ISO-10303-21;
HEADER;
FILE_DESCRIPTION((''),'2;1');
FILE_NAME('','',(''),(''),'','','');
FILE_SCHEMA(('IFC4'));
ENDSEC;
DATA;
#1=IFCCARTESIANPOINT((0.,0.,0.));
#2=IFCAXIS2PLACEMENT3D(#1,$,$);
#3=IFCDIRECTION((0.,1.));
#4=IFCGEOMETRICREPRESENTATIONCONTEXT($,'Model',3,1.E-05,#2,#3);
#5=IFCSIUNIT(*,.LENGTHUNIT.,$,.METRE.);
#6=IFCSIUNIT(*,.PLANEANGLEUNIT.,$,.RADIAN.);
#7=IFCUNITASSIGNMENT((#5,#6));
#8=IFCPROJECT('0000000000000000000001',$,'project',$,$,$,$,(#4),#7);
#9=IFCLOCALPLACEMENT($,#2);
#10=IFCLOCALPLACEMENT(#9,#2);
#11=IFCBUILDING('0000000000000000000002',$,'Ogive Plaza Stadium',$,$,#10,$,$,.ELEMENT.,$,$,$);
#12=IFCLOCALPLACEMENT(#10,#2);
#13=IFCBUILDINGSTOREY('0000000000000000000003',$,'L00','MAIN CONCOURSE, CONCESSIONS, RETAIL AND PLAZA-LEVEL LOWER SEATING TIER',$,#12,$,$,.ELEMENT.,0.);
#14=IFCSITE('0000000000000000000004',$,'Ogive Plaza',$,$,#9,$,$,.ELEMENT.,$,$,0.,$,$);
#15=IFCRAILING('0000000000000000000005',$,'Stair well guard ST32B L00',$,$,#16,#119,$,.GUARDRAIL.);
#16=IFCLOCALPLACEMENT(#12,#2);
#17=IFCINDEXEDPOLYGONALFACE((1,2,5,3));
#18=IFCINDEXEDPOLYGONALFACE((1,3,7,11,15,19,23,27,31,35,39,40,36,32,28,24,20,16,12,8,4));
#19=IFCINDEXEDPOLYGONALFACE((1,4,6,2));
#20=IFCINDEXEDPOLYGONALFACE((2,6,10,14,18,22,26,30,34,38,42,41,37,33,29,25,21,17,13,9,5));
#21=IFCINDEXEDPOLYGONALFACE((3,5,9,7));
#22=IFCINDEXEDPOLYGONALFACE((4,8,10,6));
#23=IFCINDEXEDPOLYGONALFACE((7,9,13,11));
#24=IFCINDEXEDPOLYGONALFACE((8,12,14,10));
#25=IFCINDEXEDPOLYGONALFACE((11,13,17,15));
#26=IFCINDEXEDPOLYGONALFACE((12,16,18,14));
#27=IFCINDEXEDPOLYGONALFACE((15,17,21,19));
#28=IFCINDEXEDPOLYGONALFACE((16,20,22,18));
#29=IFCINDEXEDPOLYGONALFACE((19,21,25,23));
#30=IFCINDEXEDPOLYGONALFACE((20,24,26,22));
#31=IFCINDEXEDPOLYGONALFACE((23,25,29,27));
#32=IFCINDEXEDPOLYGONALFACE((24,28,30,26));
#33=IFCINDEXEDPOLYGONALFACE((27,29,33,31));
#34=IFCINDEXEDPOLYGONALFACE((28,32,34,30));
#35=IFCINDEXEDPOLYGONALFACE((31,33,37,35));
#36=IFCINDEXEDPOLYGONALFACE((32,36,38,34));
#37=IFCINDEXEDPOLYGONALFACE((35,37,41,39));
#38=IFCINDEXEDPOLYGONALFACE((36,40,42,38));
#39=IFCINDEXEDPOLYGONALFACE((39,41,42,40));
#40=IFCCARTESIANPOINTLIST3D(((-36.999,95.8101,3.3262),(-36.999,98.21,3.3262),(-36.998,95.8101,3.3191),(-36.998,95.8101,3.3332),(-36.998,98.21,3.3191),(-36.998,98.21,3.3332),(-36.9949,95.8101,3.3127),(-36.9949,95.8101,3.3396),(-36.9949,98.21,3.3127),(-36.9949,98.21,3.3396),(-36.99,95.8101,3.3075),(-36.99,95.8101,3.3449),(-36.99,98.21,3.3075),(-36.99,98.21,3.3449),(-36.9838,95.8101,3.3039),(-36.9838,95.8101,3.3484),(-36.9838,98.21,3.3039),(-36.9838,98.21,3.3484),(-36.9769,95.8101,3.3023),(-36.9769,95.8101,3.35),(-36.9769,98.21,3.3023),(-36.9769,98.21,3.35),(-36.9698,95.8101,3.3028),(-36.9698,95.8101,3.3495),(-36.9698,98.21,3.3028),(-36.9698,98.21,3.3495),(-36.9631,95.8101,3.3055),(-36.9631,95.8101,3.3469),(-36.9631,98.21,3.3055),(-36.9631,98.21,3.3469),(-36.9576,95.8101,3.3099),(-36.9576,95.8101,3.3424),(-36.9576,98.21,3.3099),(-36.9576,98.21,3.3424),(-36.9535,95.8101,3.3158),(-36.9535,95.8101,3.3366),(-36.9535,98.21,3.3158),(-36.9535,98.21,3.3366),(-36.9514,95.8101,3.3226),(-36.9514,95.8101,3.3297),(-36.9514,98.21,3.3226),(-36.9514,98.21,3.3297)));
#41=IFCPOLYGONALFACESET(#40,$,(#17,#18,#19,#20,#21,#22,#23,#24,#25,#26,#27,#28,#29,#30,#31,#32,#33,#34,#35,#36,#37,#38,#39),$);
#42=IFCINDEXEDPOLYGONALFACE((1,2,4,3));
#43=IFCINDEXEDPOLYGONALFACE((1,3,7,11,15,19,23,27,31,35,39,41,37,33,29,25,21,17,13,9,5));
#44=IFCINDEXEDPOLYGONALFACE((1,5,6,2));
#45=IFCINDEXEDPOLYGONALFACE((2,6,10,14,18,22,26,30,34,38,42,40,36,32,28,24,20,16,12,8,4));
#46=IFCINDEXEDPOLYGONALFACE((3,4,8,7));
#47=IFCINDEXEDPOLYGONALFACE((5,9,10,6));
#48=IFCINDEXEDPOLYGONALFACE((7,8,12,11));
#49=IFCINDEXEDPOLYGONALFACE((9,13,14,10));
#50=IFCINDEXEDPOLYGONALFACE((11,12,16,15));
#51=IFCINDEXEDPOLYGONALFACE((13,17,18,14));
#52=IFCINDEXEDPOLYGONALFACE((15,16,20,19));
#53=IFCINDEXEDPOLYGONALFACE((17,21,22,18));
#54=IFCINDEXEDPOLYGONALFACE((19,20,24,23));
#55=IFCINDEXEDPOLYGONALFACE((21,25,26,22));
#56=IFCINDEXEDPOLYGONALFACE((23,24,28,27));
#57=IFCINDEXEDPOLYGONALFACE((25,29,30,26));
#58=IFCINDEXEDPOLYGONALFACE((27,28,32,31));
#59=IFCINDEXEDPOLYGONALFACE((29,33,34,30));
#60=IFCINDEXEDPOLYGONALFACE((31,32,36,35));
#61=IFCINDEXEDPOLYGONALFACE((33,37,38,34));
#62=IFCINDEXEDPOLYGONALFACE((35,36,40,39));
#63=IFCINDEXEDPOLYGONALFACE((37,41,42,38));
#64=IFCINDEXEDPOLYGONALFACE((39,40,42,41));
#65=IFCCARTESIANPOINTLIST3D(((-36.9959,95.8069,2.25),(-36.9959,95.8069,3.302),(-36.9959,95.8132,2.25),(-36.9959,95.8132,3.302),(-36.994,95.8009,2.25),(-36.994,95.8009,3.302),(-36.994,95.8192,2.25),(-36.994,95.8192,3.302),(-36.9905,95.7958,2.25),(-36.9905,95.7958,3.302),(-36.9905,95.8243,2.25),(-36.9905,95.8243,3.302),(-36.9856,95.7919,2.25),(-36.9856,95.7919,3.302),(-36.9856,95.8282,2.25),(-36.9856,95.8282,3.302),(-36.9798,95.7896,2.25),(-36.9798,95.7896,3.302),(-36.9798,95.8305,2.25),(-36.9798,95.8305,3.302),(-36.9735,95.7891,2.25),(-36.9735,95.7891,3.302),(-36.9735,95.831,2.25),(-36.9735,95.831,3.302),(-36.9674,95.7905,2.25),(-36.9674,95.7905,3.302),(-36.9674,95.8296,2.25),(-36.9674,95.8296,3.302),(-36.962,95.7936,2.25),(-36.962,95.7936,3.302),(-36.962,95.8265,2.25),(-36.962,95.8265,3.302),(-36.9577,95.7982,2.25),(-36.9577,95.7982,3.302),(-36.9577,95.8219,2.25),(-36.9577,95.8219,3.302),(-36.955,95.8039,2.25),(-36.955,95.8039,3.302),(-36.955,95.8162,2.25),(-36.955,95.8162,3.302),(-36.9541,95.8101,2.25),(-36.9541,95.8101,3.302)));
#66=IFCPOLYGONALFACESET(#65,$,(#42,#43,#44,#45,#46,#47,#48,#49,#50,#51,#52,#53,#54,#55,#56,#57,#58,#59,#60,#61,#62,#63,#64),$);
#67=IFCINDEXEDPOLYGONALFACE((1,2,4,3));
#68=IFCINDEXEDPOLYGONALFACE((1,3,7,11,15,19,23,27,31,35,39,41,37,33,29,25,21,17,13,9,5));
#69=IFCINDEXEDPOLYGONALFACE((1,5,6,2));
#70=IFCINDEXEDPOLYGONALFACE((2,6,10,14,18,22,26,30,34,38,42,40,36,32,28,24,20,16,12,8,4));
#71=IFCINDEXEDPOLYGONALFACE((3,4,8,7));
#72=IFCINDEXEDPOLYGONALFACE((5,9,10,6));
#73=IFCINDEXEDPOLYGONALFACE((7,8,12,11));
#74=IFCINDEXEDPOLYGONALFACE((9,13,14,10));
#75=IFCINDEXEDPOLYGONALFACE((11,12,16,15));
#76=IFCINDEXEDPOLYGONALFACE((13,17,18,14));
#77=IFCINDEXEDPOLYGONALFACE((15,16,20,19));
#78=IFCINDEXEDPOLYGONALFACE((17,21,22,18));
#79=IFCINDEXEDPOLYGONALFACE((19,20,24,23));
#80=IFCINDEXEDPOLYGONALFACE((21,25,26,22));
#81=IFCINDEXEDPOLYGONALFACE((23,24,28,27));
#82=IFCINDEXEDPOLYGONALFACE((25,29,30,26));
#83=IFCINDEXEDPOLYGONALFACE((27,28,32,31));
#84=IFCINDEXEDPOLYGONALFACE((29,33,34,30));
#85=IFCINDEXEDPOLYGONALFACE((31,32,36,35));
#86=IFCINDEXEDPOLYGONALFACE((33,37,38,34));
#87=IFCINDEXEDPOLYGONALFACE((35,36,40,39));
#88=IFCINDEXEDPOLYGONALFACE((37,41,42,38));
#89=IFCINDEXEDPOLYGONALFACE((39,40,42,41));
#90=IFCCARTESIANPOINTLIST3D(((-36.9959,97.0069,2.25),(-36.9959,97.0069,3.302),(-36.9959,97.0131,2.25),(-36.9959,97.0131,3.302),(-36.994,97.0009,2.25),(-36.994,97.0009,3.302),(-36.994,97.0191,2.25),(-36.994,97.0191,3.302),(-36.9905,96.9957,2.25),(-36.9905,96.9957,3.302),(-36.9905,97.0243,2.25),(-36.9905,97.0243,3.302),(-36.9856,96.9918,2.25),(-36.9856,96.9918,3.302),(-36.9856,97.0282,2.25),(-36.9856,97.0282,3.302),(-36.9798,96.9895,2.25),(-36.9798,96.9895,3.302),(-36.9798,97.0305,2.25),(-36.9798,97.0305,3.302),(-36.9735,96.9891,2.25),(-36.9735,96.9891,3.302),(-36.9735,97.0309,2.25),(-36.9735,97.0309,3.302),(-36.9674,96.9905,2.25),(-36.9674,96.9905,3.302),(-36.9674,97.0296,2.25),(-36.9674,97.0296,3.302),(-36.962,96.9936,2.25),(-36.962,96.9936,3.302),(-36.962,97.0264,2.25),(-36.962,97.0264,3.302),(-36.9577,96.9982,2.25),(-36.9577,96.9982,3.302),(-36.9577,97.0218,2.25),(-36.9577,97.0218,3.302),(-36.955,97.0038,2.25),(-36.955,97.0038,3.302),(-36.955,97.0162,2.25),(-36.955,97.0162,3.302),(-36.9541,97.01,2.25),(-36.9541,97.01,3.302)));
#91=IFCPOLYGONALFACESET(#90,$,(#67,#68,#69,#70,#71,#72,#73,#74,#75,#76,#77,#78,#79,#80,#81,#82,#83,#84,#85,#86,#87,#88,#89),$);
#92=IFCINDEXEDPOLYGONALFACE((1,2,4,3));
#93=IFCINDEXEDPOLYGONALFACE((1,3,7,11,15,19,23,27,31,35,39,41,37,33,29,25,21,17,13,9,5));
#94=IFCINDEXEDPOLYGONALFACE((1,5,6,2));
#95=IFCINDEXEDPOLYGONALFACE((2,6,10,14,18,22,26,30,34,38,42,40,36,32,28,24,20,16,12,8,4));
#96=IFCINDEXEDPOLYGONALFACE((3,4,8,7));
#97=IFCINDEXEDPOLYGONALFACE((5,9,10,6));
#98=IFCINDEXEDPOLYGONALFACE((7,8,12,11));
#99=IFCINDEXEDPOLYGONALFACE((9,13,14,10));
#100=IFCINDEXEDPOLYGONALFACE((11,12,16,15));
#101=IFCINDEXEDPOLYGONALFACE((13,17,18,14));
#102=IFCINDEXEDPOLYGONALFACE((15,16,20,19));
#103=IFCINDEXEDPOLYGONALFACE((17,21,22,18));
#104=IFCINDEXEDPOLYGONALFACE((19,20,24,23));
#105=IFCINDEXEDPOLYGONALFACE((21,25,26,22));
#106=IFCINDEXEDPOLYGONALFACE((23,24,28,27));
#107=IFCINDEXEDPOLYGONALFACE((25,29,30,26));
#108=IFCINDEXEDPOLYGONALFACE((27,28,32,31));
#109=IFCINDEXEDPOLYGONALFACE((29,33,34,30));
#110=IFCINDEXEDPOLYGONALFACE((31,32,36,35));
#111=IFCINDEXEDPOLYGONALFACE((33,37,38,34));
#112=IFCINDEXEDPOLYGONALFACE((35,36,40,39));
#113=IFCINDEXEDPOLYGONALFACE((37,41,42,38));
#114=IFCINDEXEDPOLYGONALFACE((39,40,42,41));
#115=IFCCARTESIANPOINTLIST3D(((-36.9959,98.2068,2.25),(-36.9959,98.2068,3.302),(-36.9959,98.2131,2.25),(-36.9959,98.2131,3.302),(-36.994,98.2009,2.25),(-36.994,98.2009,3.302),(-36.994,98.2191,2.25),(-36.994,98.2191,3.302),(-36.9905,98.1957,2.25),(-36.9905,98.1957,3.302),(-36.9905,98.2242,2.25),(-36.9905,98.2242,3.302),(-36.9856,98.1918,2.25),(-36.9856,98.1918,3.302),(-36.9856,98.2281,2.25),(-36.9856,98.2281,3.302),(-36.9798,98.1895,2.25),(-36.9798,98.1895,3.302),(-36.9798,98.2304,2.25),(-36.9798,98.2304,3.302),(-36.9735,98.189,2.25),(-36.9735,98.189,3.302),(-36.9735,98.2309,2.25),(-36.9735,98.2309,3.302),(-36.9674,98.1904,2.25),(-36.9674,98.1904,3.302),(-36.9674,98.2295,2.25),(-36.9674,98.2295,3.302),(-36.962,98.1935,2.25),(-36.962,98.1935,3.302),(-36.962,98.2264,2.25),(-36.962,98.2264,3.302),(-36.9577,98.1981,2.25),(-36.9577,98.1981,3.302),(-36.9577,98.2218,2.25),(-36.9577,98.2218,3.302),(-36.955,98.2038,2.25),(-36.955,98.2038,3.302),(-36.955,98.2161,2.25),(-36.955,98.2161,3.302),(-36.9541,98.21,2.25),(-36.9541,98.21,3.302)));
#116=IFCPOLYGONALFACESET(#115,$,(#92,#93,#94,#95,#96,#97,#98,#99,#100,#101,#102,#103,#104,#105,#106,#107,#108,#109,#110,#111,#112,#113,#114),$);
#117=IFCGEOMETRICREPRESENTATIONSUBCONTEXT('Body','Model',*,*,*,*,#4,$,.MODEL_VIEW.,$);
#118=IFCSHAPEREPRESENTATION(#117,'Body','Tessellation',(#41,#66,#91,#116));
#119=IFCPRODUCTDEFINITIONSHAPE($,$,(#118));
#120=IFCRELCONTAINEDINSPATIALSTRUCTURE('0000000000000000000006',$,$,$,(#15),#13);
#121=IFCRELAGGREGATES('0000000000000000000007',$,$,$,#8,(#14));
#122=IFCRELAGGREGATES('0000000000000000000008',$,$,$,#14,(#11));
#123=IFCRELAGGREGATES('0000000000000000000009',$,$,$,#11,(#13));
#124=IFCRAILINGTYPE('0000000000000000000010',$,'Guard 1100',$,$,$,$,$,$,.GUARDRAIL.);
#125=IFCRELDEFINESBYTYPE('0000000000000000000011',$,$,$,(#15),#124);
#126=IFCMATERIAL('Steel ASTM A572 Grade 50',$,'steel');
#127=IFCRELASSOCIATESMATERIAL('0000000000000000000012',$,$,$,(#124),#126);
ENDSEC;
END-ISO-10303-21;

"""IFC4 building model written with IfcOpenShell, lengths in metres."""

from ifc_helpers import new_model, si_unit, direction, frame, origin, origin_2d, place, context, subcontext, project, spatial, circle, extrude, material, type_object, element, save


model = new_model("IFC4")

# Units and contexts
model_context = context("Model", 3, precision=1e-05, world=origin(), true_north=direction((0.0, 1.0)))
body_context = subcontext(model_context, "Body", "Model", "MODEL_VIEW")
ifc_project = project(units=[si_unit("LENGTHUNIT", "METRE"), si_unit("PLANEANGLEUNIT", "RADIAN")], contexts=[model_context])

# Site, building, storey
site_placement = place(None, origin())
site = spatial("IfcSite", under=ifc_project, at=site_placement, Name="Ogive Plaza", CompositionType="ELEMENT", RefElevation=0.0)
building_placement = place(site_placement, origin())
building = spatial("IfcBuilding", under=site, at=building_placement, Name="Ogive Plaza Stadium", CompositionType="ELEMENT")
storey_placement = place(building_placement, origin())
storey = spatial("IfcBuildingStorey", under=building, at=storey_placement, Name="L00", Description="MAIN CONCOURSE, CONCESSIONS, RETAIL AND PLAZA-LEVEL LOWER SEATING TIER", CompositionType="ELEMENT", Elevation=0.0)

# Railing
ifc_material_1 = material(Name="Steel ASTM A572 Grade 50", Category="steel")
railing_type_1 = type_object("IfcRailingType", Name="Guard 1100", PredefinedType="GUARDRAIL", material=ifc_material_1)
for number, where, name in (
    (1, (-36.9751, 95.8101, 2.25), "Stair well guard ST32B L00"),
):
    element("IfcRailing", number, at=place(storey_placement, frame(where)), inside=storey, type_object=railing_type_1, Name=name, PredefinedType="GUARDRAIL", context=body_context, shape_type="SweptSolid", body=[
        extrude(circle(Radius=0.0239, at=origin_2d()), frame((0.0, 0.0, 1.0762), z_axis=(0.0, 1.0, 0.0), x_axis=(-1.0, 0.0, 0.0)), (0.0, 0.0, 1.0), 2.3999),
        extrude(circle(Radius=0.021, at=origin_2d()), origin(), (0.0, 0.0, 1.0), 1.052),
        extrude(circle(Radius=0.021, at=origin_2d()), frame((0.0, 1.2, 0.0)), (0.0, 0.0, 1.0), 1.052),
        extrude(circle(Radius=0.021, at=origin_2d()), frame((0.0, 2.3999, 0.0)), (0.0, 0.0, 1.0), 1.052),
    ])

save(model, "model.ifc")
